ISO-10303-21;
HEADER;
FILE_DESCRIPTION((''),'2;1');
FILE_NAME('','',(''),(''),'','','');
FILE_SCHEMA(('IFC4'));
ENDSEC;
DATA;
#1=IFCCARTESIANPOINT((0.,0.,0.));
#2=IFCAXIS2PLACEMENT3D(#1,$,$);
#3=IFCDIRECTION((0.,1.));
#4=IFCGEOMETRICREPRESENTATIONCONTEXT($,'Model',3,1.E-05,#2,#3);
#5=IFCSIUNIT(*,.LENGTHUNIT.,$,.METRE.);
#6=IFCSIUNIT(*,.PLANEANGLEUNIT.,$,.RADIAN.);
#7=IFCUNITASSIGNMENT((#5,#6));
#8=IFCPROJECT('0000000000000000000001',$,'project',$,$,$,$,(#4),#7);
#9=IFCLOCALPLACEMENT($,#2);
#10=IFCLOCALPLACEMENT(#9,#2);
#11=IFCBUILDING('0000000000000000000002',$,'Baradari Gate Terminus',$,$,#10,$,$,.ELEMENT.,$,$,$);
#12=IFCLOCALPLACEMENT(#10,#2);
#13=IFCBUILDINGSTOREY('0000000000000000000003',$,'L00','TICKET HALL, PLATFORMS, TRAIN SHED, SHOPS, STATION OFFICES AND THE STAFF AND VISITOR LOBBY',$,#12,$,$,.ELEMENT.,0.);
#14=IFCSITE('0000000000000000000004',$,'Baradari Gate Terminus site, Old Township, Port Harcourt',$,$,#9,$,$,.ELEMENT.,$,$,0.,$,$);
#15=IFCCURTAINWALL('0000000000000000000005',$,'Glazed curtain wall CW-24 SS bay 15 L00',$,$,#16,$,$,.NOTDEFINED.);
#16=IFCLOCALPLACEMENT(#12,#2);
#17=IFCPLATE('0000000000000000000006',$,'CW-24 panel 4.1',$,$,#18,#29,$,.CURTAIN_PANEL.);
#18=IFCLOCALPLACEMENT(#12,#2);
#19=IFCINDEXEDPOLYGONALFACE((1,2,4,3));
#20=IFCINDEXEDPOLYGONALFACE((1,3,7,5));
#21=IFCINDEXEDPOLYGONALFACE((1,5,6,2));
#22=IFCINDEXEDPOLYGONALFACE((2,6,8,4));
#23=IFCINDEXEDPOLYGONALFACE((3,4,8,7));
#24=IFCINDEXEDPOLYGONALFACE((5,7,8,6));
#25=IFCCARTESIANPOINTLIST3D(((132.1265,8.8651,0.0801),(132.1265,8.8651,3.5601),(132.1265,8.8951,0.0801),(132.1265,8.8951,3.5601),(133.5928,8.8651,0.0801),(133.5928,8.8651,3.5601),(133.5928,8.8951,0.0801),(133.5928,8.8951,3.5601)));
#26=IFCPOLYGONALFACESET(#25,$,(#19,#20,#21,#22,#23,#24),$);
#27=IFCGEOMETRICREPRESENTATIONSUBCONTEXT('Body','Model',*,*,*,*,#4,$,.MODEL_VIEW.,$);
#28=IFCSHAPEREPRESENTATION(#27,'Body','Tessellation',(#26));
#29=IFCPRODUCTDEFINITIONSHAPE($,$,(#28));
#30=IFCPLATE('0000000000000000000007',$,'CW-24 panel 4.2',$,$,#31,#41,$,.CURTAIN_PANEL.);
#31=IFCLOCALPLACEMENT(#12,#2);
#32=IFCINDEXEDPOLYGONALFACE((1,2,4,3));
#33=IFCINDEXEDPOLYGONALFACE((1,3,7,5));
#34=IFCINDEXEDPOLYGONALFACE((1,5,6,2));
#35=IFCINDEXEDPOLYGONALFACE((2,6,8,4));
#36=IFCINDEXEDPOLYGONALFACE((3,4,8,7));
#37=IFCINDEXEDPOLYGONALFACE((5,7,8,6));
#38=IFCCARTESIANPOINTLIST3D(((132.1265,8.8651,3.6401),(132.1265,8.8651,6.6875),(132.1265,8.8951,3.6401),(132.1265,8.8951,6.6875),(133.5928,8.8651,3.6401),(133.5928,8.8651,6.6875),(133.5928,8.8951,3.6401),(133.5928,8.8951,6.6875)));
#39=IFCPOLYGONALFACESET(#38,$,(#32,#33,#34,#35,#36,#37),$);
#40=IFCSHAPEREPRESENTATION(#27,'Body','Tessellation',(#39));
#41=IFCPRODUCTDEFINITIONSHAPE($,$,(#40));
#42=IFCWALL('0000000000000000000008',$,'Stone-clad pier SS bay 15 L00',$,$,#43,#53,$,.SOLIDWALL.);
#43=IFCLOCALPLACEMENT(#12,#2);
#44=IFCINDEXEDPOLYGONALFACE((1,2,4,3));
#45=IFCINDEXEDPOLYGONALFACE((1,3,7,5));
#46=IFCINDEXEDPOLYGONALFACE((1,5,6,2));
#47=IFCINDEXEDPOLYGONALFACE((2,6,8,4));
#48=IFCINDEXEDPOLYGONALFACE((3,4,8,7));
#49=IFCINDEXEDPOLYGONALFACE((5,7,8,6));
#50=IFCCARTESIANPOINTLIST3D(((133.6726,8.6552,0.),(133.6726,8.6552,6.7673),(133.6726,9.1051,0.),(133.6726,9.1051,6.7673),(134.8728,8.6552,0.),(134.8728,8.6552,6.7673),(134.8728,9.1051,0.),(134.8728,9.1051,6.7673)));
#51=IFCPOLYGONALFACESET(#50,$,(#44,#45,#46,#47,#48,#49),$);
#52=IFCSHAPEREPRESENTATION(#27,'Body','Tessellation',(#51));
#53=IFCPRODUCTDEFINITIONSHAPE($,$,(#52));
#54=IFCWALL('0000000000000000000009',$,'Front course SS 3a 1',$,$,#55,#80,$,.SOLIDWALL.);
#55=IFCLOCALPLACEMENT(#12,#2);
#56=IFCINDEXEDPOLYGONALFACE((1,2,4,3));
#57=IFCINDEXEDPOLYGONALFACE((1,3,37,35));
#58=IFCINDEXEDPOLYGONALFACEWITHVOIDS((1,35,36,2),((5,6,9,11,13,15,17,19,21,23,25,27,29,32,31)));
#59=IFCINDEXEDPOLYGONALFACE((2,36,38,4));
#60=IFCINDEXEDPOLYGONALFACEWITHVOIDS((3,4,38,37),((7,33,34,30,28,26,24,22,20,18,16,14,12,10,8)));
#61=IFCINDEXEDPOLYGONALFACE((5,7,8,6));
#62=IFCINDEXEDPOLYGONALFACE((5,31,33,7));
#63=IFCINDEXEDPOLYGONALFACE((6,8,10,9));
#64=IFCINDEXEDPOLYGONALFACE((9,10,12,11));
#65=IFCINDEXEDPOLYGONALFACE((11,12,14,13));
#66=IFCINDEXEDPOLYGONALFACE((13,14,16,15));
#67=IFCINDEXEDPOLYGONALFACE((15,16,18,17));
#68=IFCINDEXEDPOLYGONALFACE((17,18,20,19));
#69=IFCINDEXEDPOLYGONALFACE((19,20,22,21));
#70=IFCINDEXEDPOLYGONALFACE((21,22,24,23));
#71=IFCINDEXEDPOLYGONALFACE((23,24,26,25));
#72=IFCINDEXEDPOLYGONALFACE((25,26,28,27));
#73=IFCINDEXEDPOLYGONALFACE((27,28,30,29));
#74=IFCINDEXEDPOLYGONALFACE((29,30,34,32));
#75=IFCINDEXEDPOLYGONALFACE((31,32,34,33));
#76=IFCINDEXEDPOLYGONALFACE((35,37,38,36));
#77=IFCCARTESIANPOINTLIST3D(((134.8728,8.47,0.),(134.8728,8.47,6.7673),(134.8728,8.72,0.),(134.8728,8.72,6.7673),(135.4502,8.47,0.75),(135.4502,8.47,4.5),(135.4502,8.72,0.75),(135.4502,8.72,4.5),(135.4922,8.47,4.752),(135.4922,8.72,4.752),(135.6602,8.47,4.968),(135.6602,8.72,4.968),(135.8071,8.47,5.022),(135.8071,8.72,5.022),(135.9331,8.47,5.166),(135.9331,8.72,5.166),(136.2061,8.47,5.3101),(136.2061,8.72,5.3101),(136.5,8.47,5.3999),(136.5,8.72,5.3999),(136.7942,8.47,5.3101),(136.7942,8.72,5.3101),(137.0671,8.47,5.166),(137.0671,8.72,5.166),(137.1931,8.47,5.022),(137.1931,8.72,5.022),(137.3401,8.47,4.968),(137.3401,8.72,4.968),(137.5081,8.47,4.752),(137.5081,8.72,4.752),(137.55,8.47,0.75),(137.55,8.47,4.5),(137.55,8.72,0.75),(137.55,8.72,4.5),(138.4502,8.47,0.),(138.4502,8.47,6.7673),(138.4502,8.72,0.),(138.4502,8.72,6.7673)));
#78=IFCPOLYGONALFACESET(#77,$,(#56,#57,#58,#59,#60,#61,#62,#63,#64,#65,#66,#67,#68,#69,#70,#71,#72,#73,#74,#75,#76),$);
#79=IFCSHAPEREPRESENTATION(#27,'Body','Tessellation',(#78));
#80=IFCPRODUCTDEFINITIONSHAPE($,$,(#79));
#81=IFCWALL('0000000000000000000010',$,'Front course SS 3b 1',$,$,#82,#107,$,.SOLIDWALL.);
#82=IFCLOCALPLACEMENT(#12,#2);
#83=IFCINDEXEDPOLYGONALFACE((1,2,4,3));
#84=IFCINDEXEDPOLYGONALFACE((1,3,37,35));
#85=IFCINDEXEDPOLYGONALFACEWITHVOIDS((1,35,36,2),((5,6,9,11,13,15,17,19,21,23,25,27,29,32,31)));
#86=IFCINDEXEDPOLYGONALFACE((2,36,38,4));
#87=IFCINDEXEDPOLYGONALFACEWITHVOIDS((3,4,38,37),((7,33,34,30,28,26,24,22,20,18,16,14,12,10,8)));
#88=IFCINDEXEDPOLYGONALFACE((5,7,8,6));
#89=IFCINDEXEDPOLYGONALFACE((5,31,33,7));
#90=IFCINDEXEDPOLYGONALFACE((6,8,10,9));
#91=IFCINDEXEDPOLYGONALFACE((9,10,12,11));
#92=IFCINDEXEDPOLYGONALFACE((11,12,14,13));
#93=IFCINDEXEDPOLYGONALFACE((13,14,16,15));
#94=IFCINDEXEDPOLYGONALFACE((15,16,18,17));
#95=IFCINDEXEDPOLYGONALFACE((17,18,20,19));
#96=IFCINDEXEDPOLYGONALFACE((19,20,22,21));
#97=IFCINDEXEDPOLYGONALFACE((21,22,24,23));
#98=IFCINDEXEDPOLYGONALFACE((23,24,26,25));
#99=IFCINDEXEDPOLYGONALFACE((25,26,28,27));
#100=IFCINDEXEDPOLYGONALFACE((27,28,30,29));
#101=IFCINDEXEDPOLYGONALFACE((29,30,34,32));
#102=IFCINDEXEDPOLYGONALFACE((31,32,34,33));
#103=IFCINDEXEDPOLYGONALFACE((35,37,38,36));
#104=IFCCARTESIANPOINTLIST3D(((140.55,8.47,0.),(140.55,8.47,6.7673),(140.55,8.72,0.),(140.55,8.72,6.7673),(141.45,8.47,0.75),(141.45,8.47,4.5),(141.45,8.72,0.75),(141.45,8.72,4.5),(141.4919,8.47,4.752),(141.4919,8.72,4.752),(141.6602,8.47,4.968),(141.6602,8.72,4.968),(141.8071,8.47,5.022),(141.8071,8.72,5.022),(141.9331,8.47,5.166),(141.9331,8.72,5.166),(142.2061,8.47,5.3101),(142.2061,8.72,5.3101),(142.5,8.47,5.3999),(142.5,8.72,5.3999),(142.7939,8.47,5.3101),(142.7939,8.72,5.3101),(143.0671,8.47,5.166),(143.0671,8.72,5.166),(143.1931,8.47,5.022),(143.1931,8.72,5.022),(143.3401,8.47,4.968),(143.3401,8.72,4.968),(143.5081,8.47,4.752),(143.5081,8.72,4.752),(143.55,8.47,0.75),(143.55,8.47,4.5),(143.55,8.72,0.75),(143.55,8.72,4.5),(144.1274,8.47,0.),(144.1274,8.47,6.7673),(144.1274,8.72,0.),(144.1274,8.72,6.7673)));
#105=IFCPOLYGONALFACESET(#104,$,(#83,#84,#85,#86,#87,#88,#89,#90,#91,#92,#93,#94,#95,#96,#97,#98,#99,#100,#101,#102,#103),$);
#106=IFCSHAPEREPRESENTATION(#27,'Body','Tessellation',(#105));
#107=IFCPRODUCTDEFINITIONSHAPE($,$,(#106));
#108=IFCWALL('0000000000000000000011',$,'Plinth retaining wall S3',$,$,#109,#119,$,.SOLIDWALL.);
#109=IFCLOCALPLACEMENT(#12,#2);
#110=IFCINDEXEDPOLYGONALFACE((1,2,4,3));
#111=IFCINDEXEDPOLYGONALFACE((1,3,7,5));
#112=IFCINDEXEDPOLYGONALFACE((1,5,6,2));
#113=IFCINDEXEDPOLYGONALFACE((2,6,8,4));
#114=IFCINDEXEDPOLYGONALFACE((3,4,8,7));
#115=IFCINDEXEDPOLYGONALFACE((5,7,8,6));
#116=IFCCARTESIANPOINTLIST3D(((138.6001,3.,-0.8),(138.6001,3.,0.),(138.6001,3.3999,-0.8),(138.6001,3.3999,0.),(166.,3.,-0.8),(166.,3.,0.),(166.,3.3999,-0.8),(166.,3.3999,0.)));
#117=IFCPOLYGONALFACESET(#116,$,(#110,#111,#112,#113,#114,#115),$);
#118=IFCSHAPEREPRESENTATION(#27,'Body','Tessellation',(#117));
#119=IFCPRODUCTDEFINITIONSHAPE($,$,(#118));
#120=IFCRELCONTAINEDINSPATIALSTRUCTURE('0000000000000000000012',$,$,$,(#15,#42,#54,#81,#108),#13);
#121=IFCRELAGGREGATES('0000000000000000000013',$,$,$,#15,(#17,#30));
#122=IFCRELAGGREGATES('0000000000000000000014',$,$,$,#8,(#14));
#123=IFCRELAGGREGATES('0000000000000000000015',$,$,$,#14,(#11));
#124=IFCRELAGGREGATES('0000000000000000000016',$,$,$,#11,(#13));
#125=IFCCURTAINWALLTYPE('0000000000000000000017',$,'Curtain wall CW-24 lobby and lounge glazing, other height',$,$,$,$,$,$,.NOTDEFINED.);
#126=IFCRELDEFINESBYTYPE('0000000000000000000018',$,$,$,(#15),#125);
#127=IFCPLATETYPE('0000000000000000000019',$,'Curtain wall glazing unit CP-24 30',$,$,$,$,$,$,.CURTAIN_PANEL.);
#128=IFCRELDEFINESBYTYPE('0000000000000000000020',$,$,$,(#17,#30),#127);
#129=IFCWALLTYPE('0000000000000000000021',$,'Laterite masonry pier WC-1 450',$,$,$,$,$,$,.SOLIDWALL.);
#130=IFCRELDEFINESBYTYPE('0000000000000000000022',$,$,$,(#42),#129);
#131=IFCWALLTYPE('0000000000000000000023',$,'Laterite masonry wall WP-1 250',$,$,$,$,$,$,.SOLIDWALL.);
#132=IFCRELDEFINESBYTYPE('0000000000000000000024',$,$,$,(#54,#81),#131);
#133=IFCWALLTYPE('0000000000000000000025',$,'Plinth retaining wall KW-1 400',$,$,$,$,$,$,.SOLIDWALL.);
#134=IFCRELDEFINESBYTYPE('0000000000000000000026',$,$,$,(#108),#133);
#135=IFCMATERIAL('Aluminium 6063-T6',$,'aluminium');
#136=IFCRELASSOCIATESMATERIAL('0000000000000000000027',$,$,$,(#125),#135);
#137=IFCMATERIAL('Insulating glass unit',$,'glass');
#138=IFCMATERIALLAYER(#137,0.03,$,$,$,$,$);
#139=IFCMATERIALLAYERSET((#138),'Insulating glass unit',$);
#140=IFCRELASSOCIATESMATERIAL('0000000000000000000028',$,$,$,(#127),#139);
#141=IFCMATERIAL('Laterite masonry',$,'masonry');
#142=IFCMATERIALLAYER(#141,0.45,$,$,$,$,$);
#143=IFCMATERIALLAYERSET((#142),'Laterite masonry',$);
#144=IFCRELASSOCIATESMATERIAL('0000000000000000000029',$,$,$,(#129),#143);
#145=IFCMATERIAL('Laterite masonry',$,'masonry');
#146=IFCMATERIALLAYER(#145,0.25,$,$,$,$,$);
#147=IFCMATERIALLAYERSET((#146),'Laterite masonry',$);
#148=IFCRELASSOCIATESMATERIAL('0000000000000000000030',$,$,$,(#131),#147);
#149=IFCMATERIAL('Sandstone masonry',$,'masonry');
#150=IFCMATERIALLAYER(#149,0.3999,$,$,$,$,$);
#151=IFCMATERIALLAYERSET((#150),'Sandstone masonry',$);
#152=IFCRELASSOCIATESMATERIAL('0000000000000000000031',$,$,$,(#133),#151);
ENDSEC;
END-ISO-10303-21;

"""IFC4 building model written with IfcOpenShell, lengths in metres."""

from ifc_helpers import new_model, si_unit, direction, frame, frame_2d, origin, origin_2d, place, context, subcontext, project, spatial, polyline, rectangle, outline, extrude, material, layer, layer_set, type_object, element, aggregate, save


model = new_model("IFC4")

# Units and contexts
model_context = context("Model", 3, precision=1e-05, world=origin(), true_north=direction((0.0, 1.0)))
body_context = subcontext(model_context, "Body", "Model", "MODEL_VIEW")
ifc_project = project(units=[si_unit("LENGTHUNIT", "METRE"), si_unit("PLANEANGLEUNIT", "RADIAN")], contexts=[model_context])

# Site, building, storey
site_placement = place(None, origin())
site = spatial("IfcSite", under=ifc_project, at=site_placement, Name="Baradari Gate Terminus site, Old Township, Port Harcourt", CompositionType="ELEMENT", RefElevation=0.0)
building_placement = place(site_placement, origin())
building = spatial("IfcBuilding", under=site, at=building_placement, Name="Baradari Gate Terminus", CompositionType="ELEMENT")
storey_placement = place(building_placement, origin())
storey = spatial("IfcBuildingStorey", under=building, at=storey_placement, Name="L00", Description="TICKET HALL, PLATFORMS, TRAIN SHED, SHOPS, STATION OFFICES AND THE STAFF AND VISITOR LOBBY", CompositionType="ELEMENT", Elevation=0.0)

# Curtain wall, plates
ifc_material_1 = material(Name="Aluminium 6063-T6", Category="aluminium")
curtain_wall_type = type_object("IfcCurtainWallType", Name="Curtain wall CW-24 lobby and lounge glazing, other height", PredefinedType="NOTDEFINED", material=ifc_material_1)
curtain_wall_placement = place(storey_placement, origin())
curtain_wall = element("IfcCurtainWall", 1, at=curtain_wall_placement, inside=storey, type_object=curtain_wall_type, Name="Glazed curtain wall CW-24 SS bay 15 L00", PredefinedType="NOTDEFINED")
ifc_material_2 = material(Name="Insulating glass unit", Category="glass")
ifc_layer_1 = layer(ifc_material_2, 0.03)
ifc_layer_set_1 = layer_set([ifc_layer_1], Name="Insulating glass unit")
plate_type = type_object("IfcPlateType", Name="Curtain wall glazing unit CP-24 30", PredefinedType="CURTAIN_PANEL", material=ifc_layer_set_1)
plate_1_placement = place(storey_placement, frame((132.8596, 8.8801, 0.0801), z_axis=(0.0, 0.0, 1.0), x_axis=(1.0, 0.0, 0.0)))
plate_1 = element("IfcPlate", 2, at=plate_1_placement, type_object=plate_type, Name="CW-24 panel 4.1", PredefinedType="CURTAIN_PANEL", context=body_context, shape_type="SweptSolid", body=[
    extrude(rectangle(XDim=1.4663, YDim=0.03, at=origin_2d()), origin(), (0.0, 0.0, 1.0), 3.48),
])
plate_2_placement = place(storey_placement, frame((132.8596, 8.8801, 3.6401), z_axis=(0.0, 0.0, 1.0), x_axis=(1.0, 0.0, 0.0)))
plate_2 = element("IfcPlate", 3, at=plate_2_placement, type_object=plate_type, Name="CW-24 panel 4.2", PredefinedType="CURTAIN_PANEL", context=body_context, shape_type="SweptSolid", body=[
    extrude(rectangle(XDim=1.4663, YDim=0.03, at=origin_2d()), origin(), (0.0, 0.0, 1.0), 3.0474),
])
aggregate(curtain_wall, [plate_1, plate_2])

# Walls
ifc_material_3 = material(Name="Laterite masonry", Category="masonry")
ifc_layer_2 = layer(ifc_material_3, 0.45)
ifc_layer_set_2 = layer_set([ifc_layer_2], Name="Laterite masonry")
wall_type_1 = type_object("IfcWallType", Name="Laterite masonry pier WC-1 450", PredefinedType="SOLIDWALL", material=ifc_layer_set_2)
wall_1_placement = place(storey_placement, frame((133.6726, 8.8801, 0.0), z_axis=(0.0, 0.0, 1.0), x_axis=(1.0, 0.0, 0.0)))
element("IfcWall", 4, at=wall_1_placement, inside=storey, type_object=wall_type_1, Name="Stone-clad pier SS bay 15 L00", PredefinedType="SOLIDWALL", context=body_context, shape_type="SweptSolid", body=[
    extrude(rectangle(XDim=1.2002, YDim=0.45, at=frame_2d((0.6001, 0.0))), origin(), (0.0, 0.0, 1.0), 6.7673),
])
ifc_material_4 = material(Name="Laterite masonry", Category="masonry")
ifc_layer_3 = layer(ifc_material_4, 0.25)
ifc_layer_set_3 = layer_set([ifc_layer_3], Name="Laterite masonry")
wall_type_2 = type_object("IfcWallType", Name="Laterite masonry wall WP-1 250", PredefinedType="SOLIDWALL", material=ifc_layer_set_3)
wall_2_placement = place(storey_placement, frame((134.8728, 8.595, 0.0), z_axis=(0.0, 0.0, 1.0), x_axis=(1.0, 0.0, 0.0)))
element("IfcWall", 5, at=wall_2_placement, inside=storey, type_object=wall_type_2, Name="Front course SS 3a 1", PredefinedType="SOLIDWALL", context=body_context, shape_type="SweptSolid", body=[
    extrude(outline(polyline([(0.0, 0.0), (3.5774, 0.0), (3.5774, 6.7673), (0.0, 6.7673), (0.0, 0.0)]), holes=[polyline([(0.5774, 0.75), (0.5774, 4.5), (0.6194, 4.752), (0.7874, 4.968), (0.9343, 5.022), (1.0603, 5.166), (1.3333, 5.3101), (1.6272, 5.3999), (1.9214, 5.3101), (2.1943, 5.166), (2.3203, 5.022), (2.4673, 4.968), (2.6353, 4.752), (2.6772, 4.5), (2.6772, 0.75), (0.5774, 0.75)])]), frame((0.0, 0.125, 0.0), z_axis=(0.0, -1.0, 0.0), x_axis=(1.0, 0.0, 0.0)), (0.0, 0.0, 1.0), 0.25),
])
wall_3_placement = place(storey_placement, frame((140.55, 8.595, 0.0), z_axis=(0.0, 0.0, 1.0), x_axis=(1.0, 0.0, 0.0)))
element("IfcWall", 6, at=wall_3_placement, inside=storey, type_object=wall_type_2, Name="Front course SS 3b 1", PredefinedType="SOLIDWALL", context=body_context, shape_type="SweptSolid", body=[
    extrude(outline(polyline([(0.0, 0.0), (3.5774, 0.0), (3.5774, 6.7673), (0.0, 6.7673), (0.0, 0.0)]), holes=[polyline([(0.8999, 0.75), (0.8999, 4.5), (0.9419, 4.752), (1.1101, 4.968), (1.2571, 5.022), (1.3831, 5.166), (1.656, 5.3101), (1.95, 5.3999), (2.2439, 5.3101), (2.5171, 5.166), (2.6431, 5.022), (2.79, 4.968), (2.958, 4.752), (3.0, 4.5), (3.0, 0.75), (0.8999, 0.75)])]), frame((0.0, 0.125, 0.0), z_axis=(0.0, -1.0, 0.0), x_axis=(1.0, 0.0, 0.0)), (0.0, 0.0, 1.0), 0.25),
])
ifc_material_5 = material(Name="Sandstone masonry", Category="masonry")
ifc_layer_4 = layer(ifc_material_5, 0.3999)
ifc_layer_set_4 = layer_set([ifc_layer_4], Name="Sandstone masonry")
wall_type_3 = type_object("IfcWallType", Name="Plinth retaining wall KW-1 400", PredefinedType="SOLIDWALL", material=ifc_layer_set_4)
wall_4_placement = place(storey_placement, frame((138.6001, 3.2, -0.8), z_axis=(0.0, 0.0, 1.0), x_axis=(1.0, 0.0, 0.0)))
element("IfcWall", 7, at=wall_4_placement, inside=storey, type_object=wall_type_3, Name="Plinth retaining wall S3", PredefinedType="SOLIDWALL", context=body_context, shape_type="SweptSolid", body=[
    extrude(rectangle(XDim=27.3999, YDim=0.3999, at=frame_2d((13.7, 0.0))), origin(), (0.0, 0.0, 1.0), 0.8),
])

save(model, "model.ifc")
